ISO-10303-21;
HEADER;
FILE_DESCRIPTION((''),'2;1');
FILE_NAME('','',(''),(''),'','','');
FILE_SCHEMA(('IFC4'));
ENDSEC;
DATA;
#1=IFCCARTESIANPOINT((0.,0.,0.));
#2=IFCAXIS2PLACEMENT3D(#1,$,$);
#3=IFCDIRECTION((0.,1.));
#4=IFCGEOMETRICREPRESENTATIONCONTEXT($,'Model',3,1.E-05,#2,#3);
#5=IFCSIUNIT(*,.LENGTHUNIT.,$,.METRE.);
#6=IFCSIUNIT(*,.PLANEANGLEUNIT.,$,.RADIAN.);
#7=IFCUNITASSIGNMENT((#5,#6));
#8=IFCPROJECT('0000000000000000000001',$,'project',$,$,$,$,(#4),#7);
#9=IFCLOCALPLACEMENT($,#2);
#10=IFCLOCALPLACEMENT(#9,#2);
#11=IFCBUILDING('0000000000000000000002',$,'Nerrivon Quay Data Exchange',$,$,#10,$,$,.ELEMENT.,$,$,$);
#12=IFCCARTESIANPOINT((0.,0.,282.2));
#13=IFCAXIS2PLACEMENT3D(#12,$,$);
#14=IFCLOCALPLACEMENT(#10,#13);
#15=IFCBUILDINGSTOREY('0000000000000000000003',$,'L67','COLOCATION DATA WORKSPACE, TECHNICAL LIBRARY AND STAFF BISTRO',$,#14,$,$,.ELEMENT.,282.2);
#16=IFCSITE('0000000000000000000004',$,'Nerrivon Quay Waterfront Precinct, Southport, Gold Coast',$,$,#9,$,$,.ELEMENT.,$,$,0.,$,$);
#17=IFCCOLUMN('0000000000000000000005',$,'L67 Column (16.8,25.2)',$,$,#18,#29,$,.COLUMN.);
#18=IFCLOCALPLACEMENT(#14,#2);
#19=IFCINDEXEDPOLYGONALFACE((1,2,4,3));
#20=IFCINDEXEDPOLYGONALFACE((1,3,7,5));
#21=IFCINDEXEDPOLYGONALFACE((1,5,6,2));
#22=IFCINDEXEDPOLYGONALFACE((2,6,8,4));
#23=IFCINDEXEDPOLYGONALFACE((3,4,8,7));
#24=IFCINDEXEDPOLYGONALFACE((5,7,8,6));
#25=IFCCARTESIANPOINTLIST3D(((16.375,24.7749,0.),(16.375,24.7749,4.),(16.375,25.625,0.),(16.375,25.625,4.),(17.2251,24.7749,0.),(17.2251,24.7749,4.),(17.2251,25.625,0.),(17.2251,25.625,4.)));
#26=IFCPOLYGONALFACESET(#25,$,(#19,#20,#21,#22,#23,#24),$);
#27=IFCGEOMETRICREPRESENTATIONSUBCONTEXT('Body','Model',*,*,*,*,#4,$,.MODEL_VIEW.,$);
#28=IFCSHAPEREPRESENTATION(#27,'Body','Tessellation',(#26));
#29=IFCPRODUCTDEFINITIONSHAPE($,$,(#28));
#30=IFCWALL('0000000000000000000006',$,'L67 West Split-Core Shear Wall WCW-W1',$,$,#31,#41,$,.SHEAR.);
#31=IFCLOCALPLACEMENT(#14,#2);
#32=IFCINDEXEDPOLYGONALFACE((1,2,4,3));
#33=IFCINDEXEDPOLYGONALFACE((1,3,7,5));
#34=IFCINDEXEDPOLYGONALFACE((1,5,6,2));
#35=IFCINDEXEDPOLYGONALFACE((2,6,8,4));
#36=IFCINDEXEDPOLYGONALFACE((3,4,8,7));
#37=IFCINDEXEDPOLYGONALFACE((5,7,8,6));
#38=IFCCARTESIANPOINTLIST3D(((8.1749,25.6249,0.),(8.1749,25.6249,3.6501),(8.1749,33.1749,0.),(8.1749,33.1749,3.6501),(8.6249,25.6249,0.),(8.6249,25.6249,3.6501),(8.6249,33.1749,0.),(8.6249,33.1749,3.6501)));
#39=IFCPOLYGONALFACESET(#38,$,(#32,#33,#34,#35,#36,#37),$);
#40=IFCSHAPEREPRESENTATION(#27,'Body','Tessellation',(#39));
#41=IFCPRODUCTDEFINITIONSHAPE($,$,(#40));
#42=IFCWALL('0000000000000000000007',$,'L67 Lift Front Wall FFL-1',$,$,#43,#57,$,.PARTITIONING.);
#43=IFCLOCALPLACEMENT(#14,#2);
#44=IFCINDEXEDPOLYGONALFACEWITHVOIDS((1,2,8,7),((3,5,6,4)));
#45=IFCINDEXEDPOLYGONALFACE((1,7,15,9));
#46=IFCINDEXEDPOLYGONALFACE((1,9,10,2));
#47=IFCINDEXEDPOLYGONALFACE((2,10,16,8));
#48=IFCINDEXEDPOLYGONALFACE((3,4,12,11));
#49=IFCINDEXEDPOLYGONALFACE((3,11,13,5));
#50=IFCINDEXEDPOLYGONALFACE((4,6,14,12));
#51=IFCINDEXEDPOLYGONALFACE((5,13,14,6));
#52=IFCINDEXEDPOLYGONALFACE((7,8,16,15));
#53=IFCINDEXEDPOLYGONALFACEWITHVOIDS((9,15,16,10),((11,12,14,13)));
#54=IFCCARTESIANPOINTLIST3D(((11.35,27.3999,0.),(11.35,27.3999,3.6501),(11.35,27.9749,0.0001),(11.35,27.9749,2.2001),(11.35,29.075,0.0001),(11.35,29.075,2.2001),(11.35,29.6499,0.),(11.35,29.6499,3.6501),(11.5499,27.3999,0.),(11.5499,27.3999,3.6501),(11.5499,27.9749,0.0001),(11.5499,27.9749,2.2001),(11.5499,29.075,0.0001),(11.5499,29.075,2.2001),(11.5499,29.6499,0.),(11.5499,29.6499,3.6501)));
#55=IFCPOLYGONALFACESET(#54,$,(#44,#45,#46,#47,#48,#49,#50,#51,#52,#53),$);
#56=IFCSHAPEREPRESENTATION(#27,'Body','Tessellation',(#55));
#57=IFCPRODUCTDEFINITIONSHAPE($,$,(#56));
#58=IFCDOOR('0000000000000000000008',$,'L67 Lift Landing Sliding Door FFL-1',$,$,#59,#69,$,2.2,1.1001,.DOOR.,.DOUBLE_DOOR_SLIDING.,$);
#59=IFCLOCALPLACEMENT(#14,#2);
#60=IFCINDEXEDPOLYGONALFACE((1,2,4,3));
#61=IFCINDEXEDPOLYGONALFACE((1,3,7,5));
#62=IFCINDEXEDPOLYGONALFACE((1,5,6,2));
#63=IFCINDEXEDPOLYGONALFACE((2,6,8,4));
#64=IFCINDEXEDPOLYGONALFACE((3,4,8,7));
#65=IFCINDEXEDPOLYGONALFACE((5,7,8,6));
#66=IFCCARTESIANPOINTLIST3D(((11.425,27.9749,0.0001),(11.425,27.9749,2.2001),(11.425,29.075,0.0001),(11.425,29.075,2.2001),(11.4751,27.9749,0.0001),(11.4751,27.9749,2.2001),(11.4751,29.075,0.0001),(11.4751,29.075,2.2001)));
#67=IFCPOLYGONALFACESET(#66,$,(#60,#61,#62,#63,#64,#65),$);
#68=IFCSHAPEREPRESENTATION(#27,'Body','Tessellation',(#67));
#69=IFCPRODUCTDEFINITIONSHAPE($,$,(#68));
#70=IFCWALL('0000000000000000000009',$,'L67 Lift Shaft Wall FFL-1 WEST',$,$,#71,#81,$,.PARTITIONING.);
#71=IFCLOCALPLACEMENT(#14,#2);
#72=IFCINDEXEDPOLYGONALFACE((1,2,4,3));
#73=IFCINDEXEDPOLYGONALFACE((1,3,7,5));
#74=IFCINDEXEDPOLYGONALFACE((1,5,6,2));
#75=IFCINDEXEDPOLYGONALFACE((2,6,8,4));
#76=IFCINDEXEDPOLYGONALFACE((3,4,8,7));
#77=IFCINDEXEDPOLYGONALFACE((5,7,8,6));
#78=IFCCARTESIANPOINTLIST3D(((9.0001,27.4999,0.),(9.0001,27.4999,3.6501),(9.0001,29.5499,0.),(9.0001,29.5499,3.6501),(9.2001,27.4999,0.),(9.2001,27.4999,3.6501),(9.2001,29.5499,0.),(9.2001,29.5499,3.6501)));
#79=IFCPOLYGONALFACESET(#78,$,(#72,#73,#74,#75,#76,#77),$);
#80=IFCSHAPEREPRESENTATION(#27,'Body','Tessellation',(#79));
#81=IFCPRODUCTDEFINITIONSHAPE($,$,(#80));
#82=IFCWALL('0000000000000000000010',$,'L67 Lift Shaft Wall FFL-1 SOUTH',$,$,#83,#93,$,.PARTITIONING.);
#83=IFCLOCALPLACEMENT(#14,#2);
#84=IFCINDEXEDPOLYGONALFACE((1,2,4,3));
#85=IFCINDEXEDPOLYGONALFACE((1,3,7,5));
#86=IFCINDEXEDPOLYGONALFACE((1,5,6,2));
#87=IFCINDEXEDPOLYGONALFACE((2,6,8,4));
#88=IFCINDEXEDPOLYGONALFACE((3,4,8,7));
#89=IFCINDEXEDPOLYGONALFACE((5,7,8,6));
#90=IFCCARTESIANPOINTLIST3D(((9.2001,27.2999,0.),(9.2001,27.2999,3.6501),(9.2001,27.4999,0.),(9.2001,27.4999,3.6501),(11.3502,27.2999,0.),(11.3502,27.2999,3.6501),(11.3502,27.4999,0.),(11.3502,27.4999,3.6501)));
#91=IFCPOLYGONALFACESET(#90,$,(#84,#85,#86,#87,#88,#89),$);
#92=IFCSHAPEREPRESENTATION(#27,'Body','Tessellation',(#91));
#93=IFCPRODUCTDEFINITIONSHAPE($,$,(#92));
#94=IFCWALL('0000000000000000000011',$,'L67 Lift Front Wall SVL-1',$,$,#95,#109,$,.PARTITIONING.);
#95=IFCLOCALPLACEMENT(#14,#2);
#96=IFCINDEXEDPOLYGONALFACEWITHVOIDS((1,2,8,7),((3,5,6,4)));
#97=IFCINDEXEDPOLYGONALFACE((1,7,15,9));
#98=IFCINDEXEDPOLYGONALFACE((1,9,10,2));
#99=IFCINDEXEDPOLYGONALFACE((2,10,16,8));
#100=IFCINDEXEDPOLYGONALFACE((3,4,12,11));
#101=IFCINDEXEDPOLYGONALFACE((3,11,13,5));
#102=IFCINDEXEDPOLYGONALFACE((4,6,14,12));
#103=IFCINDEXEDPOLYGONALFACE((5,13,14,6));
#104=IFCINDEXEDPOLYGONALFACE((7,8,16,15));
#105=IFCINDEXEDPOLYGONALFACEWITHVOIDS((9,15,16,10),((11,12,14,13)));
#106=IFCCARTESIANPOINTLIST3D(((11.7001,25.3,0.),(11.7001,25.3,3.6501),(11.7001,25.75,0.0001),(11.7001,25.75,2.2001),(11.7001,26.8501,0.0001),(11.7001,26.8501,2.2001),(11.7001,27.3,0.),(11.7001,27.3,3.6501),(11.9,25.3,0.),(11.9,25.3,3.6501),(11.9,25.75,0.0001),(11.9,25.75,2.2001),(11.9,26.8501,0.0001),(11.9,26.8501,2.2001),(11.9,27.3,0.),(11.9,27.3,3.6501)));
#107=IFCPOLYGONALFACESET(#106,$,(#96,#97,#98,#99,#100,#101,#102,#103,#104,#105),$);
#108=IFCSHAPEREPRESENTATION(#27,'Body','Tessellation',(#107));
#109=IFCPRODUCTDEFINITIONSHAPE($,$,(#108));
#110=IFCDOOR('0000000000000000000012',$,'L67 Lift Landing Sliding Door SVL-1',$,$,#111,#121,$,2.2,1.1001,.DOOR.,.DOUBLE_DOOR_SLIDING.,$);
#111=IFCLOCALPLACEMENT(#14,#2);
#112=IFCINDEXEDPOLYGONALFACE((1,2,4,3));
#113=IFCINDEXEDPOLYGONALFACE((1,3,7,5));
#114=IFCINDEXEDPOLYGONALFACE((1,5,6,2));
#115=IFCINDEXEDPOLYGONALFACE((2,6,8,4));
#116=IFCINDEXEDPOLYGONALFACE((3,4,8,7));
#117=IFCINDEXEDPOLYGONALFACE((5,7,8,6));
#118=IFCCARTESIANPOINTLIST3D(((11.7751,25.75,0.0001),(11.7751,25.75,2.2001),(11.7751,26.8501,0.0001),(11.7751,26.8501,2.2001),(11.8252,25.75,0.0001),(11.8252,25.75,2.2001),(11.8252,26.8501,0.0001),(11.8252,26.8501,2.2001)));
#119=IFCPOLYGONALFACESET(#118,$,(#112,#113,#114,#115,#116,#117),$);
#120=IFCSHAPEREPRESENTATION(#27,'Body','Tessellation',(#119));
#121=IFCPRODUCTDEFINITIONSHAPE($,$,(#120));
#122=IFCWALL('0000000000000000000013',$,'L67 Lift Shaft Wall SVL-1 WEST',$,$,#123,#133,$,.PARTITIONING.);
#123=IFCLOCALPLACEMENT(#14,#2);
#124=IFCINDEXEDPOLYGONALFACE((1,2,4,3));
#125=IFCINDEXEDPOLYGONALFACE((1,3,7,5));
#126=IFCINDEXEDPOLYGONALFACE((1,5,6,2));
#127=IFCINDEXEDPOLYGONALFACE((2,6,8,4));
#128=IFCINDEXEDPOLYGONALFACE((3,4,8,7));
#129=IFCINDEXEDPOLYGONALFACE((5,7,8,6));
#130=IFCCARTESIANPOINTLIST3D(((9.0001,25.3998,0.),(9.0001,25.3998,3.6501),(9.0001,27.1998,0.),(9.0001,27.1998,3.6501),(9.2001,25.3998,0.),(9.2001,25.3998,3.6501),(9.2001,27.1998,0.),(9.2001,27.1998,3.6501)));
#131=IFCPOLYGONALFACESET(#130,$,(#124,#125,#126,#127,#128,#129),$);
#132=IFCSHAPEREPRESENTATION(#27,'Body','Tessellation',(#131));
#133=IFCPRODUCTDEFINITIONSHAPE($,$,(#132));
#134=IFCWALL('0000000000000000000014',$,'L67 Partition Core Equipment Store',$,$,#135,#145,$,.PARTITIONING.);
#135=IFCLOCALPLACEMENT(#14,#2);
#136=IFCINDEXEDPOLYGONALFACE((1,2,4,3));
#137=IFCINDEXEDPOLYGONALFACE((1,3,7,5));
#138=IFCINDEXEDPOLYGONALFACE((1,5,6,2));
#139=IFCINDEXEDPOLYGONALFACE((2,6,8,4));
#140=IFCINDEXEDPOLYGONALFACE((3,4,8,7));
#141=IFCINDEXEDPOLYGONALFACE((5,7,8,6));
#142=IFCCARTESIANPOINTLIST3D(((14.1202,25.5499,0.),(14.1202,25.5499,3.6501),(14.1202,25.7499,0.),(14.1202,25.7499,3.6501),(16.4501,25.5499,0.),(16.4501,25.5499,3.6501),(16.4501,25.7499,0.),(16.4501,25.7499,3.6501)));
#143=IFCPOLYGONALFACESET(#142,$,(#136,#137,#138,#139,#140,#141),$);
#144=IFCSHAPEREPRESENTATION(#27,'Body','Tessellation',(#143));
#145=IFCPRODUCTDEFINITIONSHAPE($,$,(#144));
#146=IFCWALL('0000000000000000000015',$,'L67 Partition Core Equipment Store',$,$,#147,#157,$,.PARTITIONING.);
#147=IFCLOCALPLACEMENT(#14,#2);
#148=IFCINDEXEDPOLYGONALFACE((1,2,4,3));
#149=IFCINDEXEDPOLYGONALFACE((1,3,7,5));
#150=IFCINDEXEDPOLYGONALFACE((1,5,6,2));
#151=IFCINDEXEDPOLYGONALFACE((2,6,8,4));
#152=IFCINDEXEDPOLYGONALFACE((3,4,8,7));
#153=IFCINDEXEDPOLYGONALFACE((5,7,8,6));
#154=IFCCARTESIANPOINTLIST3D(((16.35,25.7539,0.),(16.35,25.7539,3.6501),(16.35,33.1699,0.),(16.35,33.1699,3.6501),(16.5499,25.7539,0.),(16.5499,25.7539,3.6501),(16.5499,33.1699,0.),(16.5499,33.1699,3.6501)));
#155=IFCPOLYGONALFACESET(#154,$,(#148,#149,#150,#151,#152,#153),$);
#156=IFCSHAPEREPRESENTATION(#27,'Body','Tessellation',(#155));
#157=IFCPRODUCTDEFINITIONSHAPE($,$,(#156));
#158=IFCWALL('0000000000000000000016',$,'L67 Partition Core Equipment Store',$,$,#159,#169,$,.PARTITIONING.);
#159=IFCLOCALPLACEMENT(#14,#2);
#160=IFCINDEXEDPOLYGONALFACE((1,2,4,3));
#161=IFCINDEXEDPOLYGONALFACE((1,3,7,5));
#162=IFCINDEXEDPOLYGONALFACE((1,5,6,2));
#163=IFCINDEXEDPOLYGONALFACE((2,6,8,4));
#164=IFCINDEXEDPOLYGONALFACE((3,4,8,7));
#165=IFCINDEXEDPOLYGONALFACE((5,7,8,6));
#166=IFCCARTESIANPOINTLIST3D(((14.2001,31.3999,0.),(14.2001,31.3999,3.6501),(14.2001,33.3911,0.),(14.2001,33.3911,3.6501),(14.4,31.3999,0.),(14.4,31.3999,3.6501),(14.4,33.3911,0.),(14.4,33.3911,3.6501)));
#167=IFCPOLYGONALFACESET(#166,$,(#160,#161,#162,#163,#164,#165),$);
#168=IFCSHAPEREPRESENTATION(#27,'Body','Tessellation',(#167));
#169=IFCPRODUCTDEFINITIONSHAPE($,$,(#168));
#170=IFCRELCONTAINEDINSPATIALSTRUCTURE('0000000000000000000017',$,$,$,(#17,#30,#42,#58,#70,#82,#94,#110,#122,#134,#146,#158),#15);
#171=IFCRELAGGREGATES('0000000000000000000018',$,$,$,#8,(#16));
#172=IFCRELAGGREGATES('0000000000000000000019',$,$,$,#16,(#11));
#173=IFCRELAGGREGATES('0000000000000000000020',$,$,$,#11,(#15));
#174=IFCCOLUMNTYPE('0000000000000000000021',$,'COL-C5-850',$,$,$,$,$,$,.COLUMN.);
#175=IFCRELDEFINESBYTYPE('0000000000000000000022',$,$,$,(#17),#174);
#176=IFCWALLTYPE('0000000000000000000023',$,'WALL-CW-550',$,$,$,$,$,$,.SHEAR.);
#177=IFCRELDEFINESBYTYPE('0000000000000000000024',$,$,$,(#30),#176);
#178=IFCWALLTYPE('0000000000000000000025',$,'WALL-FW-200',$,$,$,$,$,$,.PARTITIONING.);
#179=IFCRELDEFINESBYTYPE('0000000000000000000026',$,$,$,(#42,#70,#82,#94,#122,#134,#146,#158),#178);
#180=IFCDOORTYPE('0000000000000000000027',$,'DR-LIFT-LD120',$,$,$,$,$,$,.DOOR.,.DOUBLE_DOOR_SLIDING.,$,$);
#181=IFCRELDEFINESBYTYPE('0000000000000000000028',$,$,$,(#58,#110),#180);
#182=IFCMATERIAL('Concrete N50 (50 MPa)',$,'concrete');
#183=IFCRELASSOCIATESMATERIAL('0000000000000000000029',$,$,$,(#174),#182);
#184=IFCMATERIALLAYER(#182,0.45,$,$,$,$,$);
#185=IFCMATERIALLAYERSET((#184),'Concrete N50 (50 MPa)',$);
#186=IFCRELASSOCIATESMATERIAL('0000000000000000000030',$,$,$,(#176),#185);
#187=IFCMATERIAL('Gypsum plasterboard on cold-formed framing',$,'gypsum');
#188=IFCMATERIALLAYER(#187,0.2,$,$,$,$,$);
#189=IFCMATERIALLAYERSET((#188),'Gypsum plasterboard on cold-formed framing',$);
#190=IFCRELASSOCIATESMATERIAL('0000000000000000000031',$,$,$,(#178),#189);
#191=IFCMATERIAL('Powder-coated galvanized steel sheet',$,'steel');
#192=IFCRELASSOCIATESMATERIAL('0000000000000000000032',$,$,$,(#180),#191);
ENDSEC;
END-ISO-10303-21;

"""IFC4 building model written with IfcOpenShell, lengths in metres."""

from ifc_helpers import new_model, si_unit, direction, frame, frame_2d, origin, origin_2d, place, context, subcontext, project, spatial, rectangle, extrude, material, layer, layer_set, material_profile, profile_set, type_object, element, fill, save


model = new_model("IFC4")

# Units and contexts
model_context = context("Model", 3, precision=1e-05, world=origin(), true_north=direction((0.0, 1.0)))
body_context = subcontext(model_context, "Body", "Model", "MODEL_VIEW")
ifc_project = project(units=[si_unit("LENGTHUNIT", "METRE"), si_unit("PLANEANGLEUNIT", "RADIAN")], contexts=[model_context])

# Site, building, storey
site_placement = place(None, origin())
site = spatial("IfcSite", under=ifc_project, at=site_placement, Name="Nerrivon Quay Waterfront Precinct, Southport, Gold Coast", CompositionType="ELEMENT", RefElevation=0.0)
building_placement = place(site_placement, origin())
building = spatial("IfcBuilding", under=site, at=building_placement, Name="Nerrivon Quay Data Exchange", CompositionType="ELEMENT")
storey_placement = place(building_placement, frame((0.0, 0.0, 282.2)))
storey = spatial("IfcBuildingStorey", under=building, at=storey_placement, Name="L67", Description="COLOCATION DATA WORKSPACE, TECHNICAL LIBRARY AND STAFF BISTRO", CompositionType="ELEMENT", Elevation=282.2)

# Column
ifc_material_1 = material(Name="Concrete N50 (50 MPa)", Category="concrete")
ifc_material_profile = material_profile(ifc_material_1, rectangle(XDim=0.8501, YDim=0.8501, at=origin_2d()), Name="RC-COL-850x850")
ifc_profile_set = profile_set([ifc_material_profile], Name="Concrete N50 (50 MPa)")
column_type = type_object("IfcColumnType", Name="COL-C5-850", PredefinedType="COLUMN", material=ifc_profile_set)
column_placement = place(storey_placement, frame((16.8, 25.2, 0.0), z_axis=(0.0, 0.0, 1.0), x_axis=(1.0, 0.0, 0.0)))
element("IfcColumn", 1, at=column_placement, inside=storey, type_object=column_type, Name="L67 Column (16.8,25.2)", PredefinedType="COLUMN", context=body_context, shape_type="SweptSolid", body=[
    extrude(rectangle(XDim=0.8501, YDim=0.8501, at=origin_2d()), origin(), (0.0, 0.0, 1.0), 4.0),
])

# Wall
ifc_layer_1 = layer(ifc_material_1, 0.45)
ifc_layer_set_1 = layer_set([ifc_layer_1], Name="Concrete N50 (50 MPa)")
wall_type_1 = type_object("IfcWallType", Name="WALL-CW-550", PredefinedType="SHEAR", material=ifc_layer_set_1)
wall_1_placement = place(storey_placement, frame((8.3999, 25.625, 0.0), z_axis=(0.0, 0.0, 1.0), x_axis=(0.0, 1.0, 0.0)))
element("IfcWall", 2, at=wall_1_placement, inside=storey, type_object=wall_type_1, Name="L67 West Split-Core Shear Wall WCW-W1", PredefinedType="SHEAR", context=body_context, shape_type="SweptSolid", body=[
    extrude(rectangle(XDim=7.55, YDim=0.45, at=frame_2d((3.7749, 0.0))), origin(), (0.0, 0.0, 1.0), 3.6501),
])

# Wall, opening, door
ifc_material_2 = material(Name="Powder-coated galvanized steel sheet", Category="steel")
ifc_material_3 = material(Name="Gypsum plasterboard on cold-formed framing", Category="gypsum")
ifc_layer_2 = layer(ifc_material_3, 0.2)
ifc_layer_set_2 = layer_set([ifc_layer_2], Name="Gypsum plasterboard on cold-formed framing")
wall_type_2 = type_object("IfcWallType", Name="WALL-FW-200", PredefinedType="PARTITIONING", material=ifc_layer_set_2)
wall_2_placement = place(storey_placement, frame((11.45, 27.3999, 0.0), z_axis=(0.0, 0.0, 1.0), x_axis=(0.0, 1.0, 0.0)))
wall_2 = element("IfcWall", 3, at=wall_2_placement, inside=storey, type_object=wall_type_2, Name="L67 Lift Front Wall FFL-1", PredefinedType="PARTITIONING", context=body_context, shape_type="SweptSolid", body=[
    extrude(rectangle(XDim=2.25, YDim=0.2, at=frame_2d((1.125, 0.0))), origin(), (0.0, 0.0, 1.0), 3.6501),
])
opening_1_placement = place(wall_2_placement, frame((0.575, 0.0, 0.0)))
opening_1 = element("IfcOpeningElement", 4, at=opening_1_placement, cuts=wall_2, PredefinedType="OPENING", context=body_context, shape_type="SweptSolid", body=[
    extrude(rectangle(XDim=1.1001, YDim=2.2, at=frame_2d((0.55, 1.1001))), frame((0.0, 0.1099, 0.0), z_axis=(0.0, -1.0, 0.0), x_axis=(1.0, 0.0, 0.0)), (0.0, 0.0, 1.0), 0.22),
])
door_type_1 = type_object("IfcDoorType", Name="DR-LIFT-LD120", OperationType="DOUBLE_DOOR_SLIDING", PredefinedType="DOOR", material=ifc_material_2)
door_1_placement = place(opening_1_placement, origin())
door_1 = element("IfcDoor", 5, at=door_1_placement, inside=storey, type_object=door_type_1, Name="L67 Lift Landing Sliding Door FFL-1", OperationType="DOUBLE_DOOR_SLIDING", OverallHeight=2.2, OverallWidth=1.1001, PredefinedType="DOOR", context=body_context, shape_type="SweptSolid", body=[
    extrude(rectangle(XDim=1.1001, YDim=2.2, at=frame_2d((0.55, 1.1001))), frame((0.0, 0.0249, 0.0), z_axis=(0.0, -1.0, 0.0), x_axis=(1.0, 0.0, 0.0)), (0.0, 0.0, 1.0), 0.05),
])
fill(opening_1, door_1)

# Walls
wall_3_placement = place(storey_placement, frame((9.1001, 27.5, 0.0), z_axis=(0.0, 0.0, 1.0), x_axis=(0.0, 1.0, 0.0)))
element("IfcWall", 6, at=wall_3_placement, inside=storey, type_object=wall_type_2, Name="L67 Lift Shaft Wall FFL-1 WEST", PredefinedType="PARTITIONING", context=body_context, shape_type="SweptSolid", body=[
    extrude(rectangle(XDim=2.05, YDim=0.2, at=frame_2d((1.0249, 0.0))), origin(), (0.0, 0.0, 1.0), 3.6501),
])
wall_4_placement = place(storey_placement, frame((9.2, 27.3999, 0.0), z_axis=(0.0, 0.0, 1.0), x_axis=(1.0, 0.0, 0.0)))
element("IfcWall", 7, at=wall_4_placement, inside=storey, type_object=wall_type_2, Name="L67 Lift Shaft Wall FFL-1 SOUTH", PredefinedType="PARTITIONING", context=body_context, shape_type="SweptSolid", body=[
    extrude(rectangle(XDim=2.1501, YDim=0.2, at=frame_2d((1.0752, 0.0))), origin(), (0.0, 0.0, 1.0), 3.6501),
])

# Wall, opening, door
wall_5_placement = place(storey_placement, frame((11.8, 25.3, 0.0), z_axis=(0.0, 0.0, 1.0), x_axis=(0.0, 1.0, 0.0)))
wall_5 = element("IfcWall", 8, at=wall_5_placement, inside=storey, type_object=wall_type_2, Name="L67 Lift Front Wall SVL-1", PredefinedType="PARTITIONING", context=body_context, shape_type="SweptSolid", body=[
    extrude(rectangle(XDim=2.0, YDim=0.2, at=frame_2d((1.0, 0.0))), origin(), (0.0, 0.0, 1.0), 3.6501),
])
opening_2_placement = place(wall_5_placement, frame((0.45, 0.0, 0.0)))
opening_2 = element("IfcOpeningElement", 9, at=opening_2_placement, cuts=wall_5, PredefinedType="OPENING", context=body_context, shape_type="SweptSolid", body=[
    extrude(rectangle(XDim=1.1001, YDim=2.2, at=frame_2d((0.55, 1.1001))), frame((0.0, 0.1099, 0.0), z_axis=(0.0, -1.0, 0.0), x_axis=(1.0, 0.0, 0.0)), (0.0, 0.0, 1.0), 0.22),
])
door_2_placement = place(opening_2_placement, origin())
door_2 = element("IfcDoor", 10, at=door_2_placement, inside=storey, type_object=door_type_1, Name="L67 Lift Landing Sliding Door SVL-1", OperationType="DOUBLE_DOOR_SLIDING", OverallHeight=2.2, OverallWidth=1.1001, PredefinedType="DOOR", context=body_context, shape_type="SweptSolid", body=[
    extrude(rectangle(XDim=1.1001, YDim=2.2, at=frame_2d((0.55, 1.1001))), frame((0.0, 0.0249, 0.0), z_axis=(0.0, -1.0, 0.0), x_axis=(1.0, 0.0, 0.0)), (0.0, 0.0, 1.0), 0.05),
])
fill(opening_2, door_2)

# Walls
wall_6_placement = place(storey_placement, frame((9.1001, 25.3999, 0.0), z_axis=(0.0, 0.0, 1.0), x_axis=(0.0, 1.0, 0.0)))
element("IfcWall", 11, at=wall_6_placement, inside=storey, type_object=wall_type_2, Name="L67 Lift Shaft Wall SVL-1 WEST", PredefinedType="PARTITIONING", context=body_context, shape_type="SweptSolid", body=[
    extrude(rectangle(XDim=1.8, YDim=0.2, at=frame_2d((0.8999, 0.0))), origin(), (0.0, 0.0, 1.0), 3.6501),
])
wall_7_placement = place(storey_placement, frame((14.1201, 25.6499, 0.0), z_axis=(0.0, 0.0, 1.0), x_axis=(1.0, 0.0, 0.0)))
element("IfcWall", 12, at=wall_7_placement, inside=storey, type_object=wall_type_2, Name="L67 Partition Core Equipment Store", PredefinedType="PARTITIONING", context=body_context, shape_type="SweptSolid", body=[
    extrude(rectangle(XDim=2.3298, YDim=0.2, at=frame_2d((1.165, 0.0))), origin(), (0.0, 0.0, 1.0), 3.6501),
])
wall_8_placement = place(storey_placement, frame((16.45, 25.7539, 0.0), z_axis=(0.0, 0.0, 1.0), x_axis=(0.0, 1.0, 0.0)))
element("IfcWall", 13, at=wall_8_placement, inside=storey, type_object=wall_type_2, Name="L67 Partition Core Equipment Store", PredefinedType="PARTITIONING", context=body_context, shape_type="SweptSolid", body=[
    extrude(rectangle(XDim=7.416, YDim=0.2, at=frame_2d((3.708, 0.0))), origin(), (0.0, 0.0, 1.0), 3.6501),
])
wall_9_placement = place(storey_placement, frame((14.3, 33.3911, 0.0), z_axis=(0.0, 0.0, 1.0), x_axis=(0.0, -1.0, 0.0)))
element("IfcWall", 14, at=wall_9_placement, inside=storey, type_object=wall_type_2, Name="L67 Partition Core Equipment Store", PredefinedType="PARTITIONING", context=body_context, shape_type="SweptSolid", body=[
    extrude(rectangle(XDim=1.9912, YDim=0.2, at=frame_2d((0.9956, 0.0))), origin(), (0.0, 0.0, 1.0), 3.6501),
])

save(model, "model.ifc")
